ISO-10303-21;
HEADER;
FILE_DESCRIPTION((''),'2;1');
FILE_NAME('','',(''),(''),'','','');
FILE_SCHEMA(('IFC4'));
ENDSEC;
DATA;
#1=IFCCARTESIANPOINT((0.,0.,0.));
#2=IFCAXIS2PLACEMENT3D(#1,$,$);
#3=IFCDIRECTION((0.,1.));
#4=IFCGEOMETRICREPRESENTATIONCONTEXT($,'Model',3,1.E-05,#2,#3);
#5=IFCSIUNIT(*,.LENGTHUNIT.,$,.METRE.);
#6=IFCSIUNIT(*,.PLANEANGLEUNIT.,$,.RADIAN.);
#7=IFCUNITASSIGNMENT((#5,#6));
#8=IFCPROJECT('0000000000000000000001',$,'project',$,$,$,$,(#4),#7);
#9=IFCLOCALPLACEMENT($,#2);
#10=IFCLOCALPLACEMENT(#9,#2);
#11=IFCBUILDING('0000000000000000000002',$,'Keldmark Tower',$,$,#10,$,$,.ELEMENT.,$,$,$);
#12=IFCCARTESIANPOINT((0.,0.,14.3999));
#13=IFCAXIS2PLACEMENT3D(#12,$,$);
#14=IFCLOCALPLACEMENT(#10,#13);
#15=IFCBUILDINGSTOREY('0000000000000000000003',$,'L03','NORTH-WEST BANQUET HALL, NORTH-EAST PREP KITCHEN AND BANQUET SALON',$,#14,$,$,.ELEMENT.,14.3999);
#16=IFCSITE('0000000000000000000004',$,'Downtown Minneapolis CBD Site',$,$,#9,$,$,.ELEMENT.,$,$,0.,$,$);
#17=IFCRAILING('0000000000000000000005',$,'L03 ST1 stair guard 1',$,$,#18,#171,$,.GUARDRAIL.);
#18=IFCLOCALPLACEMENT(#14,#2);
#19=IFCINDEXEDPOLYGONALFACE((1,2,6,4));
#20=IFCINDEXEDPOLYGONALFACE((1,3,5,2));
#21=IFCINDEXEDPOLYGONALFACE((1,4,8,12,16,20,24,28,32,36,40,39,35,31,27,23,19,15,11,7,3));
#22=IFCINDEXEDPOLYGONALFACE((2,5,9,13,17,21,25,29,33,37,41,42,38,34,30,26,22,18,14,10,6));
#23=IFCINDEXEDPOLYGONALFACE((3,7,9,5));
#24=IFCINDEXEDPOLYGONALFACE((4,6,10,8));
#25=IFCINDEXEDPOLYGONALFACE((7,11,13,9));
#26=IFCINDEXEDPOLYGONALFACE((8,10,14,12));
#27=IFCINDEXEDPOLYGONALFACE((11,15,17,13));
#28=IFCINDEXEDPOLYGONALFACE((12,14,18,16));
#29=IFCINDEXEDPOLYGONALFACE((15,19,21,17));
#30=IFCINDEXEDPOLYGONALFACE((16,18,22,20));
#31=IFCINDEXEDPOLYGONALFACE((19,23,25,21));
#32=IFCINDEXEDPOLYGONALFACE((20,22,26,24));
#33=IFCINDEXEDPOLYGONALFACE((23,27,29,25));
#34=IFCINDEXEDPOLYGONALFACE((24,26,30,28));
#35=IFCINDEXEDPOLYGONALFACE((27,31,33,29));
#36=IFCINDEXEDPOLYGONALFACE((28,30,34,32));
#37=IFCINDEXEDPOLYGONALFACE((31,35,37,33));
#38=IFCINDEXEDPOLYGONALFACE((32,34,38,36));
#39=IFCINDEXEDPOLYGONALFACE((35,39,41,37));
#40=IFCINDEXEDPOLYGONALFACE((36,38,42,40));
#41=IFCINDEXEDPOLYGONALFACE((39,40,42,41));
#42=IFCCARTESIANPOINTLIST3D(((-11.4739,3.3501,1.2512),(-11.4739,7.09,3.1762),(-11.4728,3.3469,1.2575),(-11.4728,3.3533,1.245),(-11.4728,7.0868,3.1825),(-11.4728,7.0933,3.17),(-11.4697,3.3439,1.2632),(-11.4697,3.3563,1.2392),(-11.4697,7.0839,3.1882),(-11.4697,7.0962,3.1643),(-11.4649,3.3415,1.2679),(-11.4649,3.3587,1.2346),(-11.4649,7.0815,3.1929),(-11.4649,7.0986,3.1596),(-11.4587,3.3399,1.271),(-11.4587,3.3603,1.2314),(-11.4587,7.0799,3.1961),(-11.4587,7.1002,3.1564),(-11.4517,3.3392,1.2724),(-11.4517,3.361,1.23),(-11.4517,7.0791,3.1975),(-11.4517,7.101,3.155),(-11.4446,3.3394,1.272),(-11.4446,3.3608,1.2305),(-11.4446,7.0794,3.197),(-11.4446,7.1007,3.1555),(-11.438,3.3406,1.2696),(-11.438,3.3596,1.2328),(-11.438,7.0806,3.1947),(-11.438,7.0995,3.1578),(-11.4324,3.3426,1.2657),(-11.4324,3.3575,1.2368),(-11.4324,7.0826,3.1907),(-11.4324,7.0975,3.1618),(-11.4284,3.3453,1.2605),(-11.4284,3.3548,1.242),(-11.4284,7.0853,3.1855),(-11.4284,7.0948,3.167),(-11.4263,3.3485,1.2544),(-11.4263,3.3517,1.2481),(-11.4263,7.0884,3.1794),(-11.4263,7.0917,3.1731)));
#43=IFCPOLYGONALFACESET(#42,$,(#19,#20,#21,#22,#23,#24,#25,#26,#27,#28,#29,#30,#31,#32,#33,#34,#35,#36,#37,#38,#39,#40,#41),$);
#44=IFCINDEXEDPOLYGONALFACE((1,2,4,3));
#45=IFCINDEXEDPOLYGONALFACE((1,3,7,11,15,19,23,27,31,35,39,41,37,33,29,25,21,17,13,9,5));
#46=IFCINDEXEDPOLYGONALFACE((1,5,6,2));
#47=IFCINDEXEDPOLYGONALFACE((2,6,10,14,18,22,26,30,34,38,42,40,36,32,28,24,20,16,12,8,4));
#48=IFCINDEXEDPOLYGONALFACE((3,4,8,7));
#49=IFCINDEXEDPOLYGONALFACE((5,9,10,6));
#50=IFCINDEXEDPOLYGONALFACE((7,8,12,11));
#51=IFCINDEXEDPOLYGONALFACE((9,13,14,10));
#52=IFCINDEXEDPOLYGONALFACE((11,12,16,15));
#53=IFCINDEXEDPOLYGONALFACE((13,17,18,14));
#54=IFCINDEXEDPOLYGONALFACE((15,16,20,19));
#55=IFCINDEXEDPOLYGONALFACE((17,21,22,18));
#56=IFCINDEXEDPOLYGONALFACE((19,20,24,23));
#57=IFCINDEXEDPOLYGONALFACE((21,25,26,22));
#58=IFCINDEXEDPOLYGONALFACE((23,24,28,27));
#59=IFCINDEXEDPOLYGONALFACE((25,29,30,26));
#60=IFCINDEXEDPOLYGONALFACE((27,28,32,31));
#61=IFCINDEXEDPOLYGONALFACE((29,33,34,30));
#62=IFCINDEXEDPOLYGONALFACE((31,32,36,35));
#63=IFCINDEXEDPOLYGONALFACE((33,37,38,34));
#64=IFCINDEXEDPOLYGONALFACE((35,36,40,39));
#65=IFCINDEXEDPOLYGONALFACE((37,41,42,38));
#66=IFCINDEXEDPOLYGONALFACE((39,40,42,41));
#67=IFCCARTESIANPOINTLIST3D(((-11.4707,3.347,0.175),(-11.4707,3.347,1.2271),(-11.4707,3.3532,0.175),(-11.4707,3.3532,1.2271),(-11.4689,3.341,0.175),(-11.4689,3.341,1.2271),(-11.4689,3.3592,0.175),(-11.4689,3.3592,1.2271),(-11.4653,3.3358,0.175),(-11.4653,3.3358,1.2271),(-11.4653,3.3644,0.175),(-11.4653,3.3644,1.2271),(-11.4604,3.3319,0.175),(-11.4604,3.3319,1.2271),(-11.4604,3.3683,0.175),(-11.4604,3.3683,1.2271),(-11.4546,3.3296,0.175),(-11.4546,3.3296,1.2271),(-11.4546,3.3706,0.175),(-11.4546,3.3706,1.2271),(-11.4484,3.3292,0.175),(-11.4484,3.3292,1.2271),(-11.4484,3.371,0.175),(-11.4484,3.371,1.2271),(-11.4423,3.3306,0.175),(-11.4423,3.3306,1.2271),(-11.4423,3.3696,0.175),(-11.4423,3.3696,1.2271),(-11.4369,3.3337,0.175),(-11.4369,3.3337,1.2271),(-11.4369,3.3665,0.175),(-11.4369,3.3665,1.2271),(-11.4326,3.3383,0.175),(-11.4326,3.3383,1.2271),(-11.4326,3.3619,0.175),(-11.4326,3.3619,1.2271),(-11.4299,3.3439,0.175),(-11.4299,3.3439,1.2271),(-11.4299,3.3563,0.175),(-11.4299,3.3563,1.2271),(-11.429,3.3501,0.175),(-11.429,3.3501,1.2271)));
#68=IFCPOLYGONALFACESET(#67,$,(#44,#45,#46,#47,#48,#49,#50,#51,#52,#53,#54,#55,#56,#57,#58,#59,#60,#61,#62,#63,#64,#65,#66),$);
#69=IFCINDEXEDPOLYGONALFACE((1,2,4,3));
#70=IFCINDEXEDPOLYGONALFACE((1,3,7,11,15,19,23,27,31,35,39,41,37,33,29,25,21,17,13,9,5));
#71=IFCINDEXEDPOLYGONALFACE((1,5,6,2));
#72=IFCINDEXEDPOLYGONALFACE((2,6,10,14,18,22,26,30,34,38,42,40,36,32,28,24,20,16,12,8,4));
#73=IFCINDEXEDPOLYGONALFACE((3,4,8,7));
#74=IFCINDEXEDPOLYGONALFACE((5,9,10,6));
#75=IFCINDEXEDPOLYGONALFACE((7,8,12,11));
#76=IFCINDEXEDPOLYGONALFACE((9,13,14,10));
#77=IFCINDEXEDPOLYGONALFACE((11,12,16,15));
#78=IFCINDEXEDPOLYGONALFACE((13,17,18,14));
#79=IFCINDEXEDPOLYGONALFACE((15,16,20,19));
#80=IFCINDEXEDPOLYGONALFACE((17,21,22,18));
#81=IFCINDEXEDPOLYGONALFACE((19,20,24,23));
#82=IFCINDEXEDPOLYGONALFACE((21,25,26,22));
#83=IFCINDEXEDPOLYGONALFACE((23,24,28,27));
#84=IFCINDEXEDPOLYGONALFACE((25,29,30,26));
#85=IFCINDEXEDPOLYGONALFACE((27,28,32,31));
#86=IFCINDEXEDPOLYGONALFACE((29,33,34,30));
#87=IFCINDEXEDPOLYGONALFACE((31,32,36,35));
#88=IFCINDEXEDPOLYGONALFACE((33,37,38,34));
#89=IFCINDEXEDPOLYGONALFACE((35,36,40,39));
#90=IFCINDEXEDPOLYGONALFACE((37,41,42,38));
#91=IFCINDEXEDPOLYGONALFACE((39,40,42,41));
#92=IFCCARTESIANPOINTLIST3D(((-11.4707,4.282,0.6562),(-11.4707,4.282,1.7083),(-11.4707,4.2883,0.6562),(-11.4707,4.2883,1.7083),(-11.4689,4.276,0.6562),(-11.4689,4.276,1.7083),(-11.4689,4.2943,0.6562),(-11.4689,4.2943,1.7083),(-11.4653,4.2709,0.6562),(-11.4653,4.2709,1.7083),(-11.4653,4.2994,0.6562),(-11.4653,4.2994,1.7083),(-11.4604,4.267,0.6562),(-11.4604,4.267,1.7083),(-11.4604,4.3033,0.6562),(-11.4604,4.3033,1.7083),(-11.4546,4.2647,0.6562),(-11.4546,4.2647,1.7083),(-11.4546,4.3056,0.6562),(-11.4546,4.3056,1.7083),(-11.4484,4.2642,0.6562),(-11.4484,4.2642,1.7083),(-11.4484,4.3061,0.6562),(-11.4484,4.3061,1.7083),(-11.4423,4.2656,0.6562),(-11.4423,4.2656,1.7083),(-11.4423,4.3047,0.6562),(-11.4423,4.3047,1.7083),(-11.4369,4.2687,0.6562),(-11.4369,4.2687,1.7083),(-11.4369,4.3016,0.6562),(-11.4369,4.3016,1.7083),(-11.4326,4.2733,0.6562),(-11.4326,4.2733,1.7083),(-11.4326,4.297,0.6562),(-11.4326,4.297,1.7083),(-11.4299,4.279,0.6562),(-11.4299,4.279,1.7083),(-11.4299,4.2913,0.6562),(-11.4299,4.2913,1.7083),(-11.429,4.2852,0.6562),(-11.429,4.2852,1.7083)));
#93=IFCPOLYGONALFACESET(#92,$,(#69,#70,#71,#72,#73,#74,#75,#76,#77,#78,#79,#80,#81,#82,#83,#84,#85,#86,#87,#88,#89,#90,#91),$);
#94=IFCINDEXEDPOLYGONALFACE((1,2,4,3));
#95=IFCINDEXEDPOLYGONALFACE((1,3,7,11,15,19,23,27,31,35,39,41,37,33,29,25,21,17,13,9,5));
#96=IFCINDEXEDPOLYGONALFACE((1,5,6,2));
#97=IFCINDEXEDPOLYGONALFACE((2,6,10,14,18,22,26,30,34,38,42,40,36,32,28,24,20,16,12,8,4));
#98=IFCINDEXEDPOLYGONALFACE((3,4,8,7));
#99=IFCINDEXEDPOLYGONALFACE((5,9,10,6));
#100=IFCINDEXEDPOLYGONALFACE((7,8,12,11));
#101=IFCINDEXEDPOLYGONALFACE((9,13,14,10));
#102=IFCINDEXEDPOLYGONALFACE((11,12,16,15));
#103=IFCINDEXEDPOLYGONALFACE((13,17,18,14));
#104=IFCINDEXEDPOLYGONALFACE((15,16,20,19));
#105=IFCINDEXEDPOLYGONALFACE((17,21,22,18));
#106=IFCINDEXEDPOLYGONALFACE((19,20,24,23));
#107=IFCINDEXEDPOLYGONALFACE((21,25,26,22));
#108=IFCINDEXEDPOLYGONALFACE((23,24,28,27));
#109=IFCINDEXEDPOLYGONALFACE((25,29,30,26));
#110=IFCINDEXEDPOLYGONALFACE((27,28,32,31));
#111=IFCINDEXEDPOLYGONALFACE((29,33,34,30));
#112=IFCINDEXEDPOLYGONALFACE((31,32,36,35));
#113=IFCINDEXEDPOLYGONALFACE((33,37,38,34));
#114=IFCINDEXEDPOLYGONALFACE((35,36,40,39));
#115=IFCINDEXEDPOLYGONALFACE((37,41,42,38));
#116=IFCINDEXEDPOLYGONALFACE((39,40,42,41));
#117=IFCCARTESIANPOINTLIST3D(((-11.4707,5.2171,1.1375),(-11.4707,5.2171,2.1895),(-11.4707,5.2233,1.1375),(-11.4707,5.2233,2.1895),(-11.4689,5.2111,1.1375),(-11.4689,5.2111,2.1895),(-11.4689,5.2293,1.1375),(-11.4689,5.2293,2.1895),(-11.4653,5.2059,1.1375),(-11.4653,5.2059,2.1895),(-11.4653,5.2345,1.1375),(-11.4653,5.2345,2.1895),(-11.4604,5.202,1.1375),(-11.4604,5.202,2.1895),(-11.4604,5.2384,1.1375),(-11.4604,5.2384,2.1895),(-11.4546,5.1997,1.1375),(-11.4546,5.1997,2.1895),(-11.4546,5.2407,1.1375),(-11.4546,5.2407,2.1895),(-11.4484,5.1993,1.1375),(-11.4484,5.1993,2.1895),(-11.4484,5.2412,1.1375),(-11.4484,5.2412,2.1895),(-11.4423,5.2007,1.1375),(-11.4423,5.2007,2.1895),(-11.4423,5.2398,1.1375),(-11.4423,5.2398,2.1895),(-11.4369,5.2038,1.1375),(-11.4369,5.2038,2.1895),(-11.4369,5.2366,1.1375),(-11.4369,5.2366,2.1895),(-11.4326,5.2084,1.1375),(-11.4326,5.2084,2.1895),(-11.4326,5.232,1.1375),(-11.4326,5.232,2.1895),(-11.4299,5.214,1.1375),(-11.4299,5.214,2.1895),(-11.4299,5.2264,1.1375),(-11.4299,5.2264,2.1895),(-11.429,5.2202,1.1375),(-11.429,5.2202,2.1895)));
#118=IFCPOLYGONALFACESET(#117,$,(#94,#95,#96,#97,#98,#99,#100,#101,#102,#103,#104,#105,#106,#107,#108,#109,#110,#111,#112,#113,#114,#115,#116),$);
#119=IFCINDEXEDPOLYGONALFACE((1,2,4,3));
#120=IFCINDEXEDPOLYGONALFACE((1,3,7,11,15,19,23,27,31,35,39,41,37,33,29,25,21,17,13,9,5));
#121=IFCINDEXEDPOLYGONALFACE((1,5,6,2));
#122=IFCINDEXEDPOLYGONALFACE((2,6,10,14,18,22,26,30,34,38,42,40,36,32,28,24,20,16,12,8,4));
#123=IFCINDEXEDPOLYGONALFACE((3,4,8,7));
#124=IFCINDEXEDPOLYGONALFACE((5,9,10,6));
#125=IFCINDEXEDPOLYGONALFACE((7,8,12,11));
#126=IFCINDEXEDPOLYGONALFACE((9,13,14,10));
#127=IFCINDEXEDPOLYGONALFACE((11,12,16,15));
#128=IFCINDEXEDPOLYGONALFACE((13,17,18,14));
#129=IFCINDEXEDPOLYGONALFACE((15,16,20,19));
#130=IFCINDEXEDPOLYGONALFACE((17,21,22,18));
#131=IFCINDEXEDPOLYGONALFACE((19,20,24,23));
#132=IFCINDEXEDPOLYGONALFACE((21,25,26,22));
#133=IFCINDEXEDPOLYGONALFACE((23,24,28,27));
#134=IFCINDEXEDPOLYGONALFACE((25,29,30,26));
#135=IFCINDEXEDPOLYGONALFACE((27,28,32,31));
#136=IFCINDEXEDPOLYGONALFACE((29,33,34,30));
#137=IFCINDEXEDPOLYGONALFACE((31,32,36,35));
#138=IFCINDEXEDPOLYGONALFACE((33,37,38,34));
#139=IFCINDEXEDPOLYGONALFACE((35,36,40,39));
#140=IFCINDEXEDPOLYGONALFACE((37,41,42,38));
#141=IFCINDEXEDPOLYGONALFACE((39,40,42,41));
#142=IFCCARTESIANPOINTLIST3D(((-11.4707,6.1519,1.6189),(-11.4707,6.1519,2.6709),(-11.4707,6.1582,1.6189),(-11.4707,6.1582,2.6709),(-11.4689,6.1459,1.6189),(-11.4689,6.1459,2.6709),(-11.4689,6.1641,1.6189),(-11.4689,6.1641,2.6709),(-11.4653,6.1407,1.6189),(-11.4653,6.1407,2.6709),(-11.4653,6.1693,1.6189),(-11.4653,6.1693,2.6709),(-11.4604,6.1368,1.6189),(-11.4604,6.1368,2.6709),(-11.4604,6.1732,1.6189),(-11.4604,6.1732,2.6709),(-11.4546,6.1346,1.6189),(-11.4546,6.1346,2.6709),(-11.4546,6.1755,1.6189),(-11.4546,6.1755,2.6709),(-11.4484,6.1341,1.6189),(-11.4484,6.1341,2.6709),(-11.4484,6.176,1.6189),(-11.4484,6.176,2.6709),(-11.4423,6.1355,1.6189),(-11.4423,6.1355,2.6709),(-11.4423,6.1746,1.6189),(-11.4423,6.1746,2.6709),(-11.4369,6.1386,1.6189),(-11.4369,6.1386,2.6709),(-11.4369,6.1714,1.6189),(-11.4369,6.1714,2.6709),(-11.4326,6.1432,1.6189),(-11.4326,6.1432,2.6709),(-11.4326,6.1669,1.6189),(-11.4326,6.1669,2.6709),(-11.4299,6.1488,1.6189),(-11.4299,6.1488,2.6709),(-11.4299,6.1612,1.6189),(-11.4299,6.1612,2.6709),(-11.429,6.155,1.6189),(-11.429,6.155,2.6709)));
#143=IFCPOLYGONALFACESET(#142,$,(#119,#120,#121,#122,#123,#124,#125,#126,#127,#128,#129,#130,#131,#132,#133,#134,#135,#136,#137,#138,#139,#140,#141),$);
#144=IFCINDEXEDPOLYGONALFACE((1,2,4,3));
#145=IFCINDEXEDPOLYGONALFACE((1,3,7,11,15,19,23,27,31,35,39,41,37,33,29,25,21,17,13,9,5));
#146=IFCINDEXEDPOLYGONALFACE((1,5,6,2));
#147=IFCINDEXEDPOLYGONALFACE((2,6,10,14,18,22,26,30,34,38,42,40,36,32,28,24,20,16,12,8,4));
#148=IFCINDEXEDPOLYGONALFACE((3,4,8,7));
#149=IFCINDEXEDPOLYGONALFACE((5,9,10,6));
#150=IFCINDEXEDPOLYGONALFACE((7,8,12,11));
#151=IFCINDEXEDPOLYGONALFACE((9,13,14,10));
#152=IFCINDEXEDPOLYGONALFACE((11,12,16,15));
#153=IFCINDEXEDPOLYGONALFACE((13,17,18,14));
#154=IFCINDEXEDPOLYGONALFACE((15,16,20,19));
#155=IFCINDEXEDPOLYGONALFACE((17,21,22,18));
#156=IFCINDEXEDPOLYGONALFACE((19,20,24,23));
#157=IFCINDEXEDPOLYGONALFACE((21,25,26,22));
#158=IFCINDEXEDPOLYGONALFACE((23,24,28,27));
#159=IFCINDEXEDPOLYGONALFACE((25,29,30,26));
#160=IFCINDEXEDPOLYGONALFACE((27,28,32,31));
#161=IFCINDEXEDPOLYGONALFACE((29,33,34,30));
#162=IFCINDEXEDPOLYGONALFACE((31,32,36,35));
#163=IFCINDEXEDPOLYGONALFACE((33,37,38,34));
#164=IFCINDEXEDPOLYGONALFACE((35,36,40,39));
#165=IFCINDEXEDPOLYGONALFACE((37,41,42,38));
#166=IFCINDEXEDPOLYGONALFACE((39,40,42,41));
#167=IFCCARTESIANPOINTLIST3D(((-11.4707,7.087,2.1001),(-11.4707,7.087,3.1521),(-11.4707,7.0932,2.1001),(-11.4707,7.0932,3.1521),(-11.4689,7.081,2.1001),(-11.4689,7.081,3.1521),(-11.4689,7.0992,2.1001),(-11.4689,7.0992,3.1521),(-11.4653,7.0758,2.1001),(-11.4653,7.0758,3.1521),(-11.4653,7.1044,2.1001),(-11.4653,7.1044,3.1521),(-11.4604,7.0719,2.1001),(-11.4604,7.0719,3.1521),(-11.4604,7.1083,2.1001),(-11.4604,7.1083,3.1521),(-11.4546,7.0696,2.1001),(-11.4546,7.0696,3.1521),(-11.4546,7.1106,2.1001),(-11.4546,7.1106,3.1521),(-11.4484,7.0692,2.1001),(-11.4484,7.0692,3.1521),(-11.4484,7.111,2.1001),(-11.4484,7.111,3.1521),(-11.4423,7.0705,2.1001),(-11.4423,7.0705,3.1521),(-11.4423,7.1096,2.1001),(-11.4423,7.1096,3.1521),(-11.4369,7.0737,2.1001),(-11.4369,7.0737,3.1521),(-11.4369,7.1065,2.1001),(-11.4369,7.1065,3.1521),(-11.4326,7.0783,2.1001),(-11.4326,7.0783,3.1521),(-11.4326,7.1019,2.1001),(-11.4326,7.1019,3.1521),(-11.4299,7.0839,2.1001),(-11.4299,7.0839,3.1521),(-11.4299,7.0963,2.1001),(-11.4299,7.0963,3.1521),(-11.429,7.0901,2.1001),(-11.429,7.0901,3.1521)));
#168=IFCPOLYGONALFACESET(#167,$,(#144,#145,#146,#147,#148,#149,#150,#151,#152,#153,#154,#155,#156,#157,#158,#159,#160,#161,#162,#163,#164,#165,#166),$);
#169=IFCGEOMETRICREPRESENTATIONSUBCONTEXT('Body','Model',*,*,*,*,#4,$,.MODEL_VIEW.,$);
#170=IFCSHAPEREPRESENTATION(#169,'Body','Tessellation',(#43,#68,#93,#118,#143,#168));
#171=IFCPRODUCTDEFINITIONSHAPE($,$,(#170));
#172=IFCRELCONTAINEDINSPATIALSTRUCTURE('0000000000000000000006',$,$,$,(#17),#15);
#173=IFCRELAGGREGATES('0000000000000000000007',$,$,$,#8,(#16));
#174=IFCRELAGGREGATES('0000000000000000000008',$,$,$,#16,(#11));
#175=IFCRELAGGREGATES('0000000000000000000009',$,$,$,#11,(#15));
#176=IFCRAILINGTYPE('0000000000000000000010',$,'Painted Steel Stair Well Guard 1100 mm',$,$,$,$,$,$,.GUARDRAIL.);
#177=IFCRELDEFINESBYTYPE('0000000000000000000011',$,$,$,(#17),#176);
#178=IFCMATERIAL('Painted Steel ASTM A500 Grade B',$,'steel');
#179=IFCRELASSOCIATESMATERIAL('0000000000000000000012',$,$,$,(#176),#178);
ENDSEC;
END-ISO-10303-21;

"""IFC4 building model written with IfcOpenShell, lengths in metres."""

from ifc_helpers import new_model, si_unit, direction, frame, origin, origin_2d, place, context, subcontext, project, spatial, circle, extrude, material, type_object, element, save


model = new_model("IFC4")

# Units and contexts
model_context = context("Model", 3, precision=1e-05, world=origin(), true_north=direction((0.0, 1.0)))
body_context = subcontext(model_context, "Body", "Model", "MODEL_VIEW")
ifc_project = project(units=[si_unit("LENGTHUNIT", "METRE"), si_unit("PLANEANGLEUNIT", "RADIAN")], contexts=[model_context])

# Site, building, storey
site_placement = place(None, origin())
site = spatial("IfcSite", under=ifc_project, at=site_placement, Name="Downtown Minneapolis CBD Site", CompositionType="ELEMENT", RefElevation=0.0)
building_placement = place(site_placement, origin())
building = spatial("IfcBuilding", under=site, at=building_placement, Name="Keldmark Tower", CompositionType="ELEMENT")
storey_placement = place(building_placement, frame((0.0, 0.0, 14.3999)))
storey = spatial("IfcBuildingStorey", under=building, at=storey_placement, Name="L03", Description="NORTH-WEST BANQUET HALL, NORTH-EAST PREP KITCHEN AND BANQUET SALON", CompositionType="ELEMENT", Elevation=14.3999)

# Railing
ifc_material_1 = material(Name="Painted Steel ASTM A500 Grade B", Category="steel")
railing_type_1 = type_object("IfcRailingType", Name="Painted Steel Stair Well Guard 1100 mm", PredefinedType="GUARDRAIL", material=ifc_material_1)
railing_1_placement = place(storey_placement, frame((-11.45, 3.3501, 0.175)))
element("IfcRailing", 1, at=railing_1_placement, inside=storey, type_object=railing_type_1, Name="L03 ST1 stair guard 1", PredefinedType="GUARDRAIL", context=body_context, shape_type="SweptSolid", body=[
    extrude(circle(Radius=0.0239, at=origin_2d()), frame((0.0, 0.0, 1.0762), z_axis=(0.0, 0.889131, 0.457654), x_axis=(-1.0, 0.0, 0.0)), (0.0, 0.0, 1.0), 4.2063),
    extrude(circle(Radius=0.021, at=origin_2d()), origin(), (0.0, 0.0, 1.0), 1.052),
    extrude(circle(Radius=0.021, at=origin_2d()), frame((0.0, 0.9351, 0.4812)), (0.0, 0.0, 1.0), 1.052),
    extrude(circle(Radius=0.021, at=origin_2d()), frame((0.0, 1.8701, 0.9624)), (0.0, 0.0, 1.0), 1.052),
    extrude(circle(Radius=0.021, at=origin_2d()), frame((0.0, 2.8049, 1.4438)), (0.0, 0.0, 1.0), 1.052),
    extrude(circle(Radius=0.021, at=origin_2d()), frame((0.0, 3.74, 1.925)), (0.0, 0.0, 1.0), 1.052),
])

save(model, "model.ifc")
